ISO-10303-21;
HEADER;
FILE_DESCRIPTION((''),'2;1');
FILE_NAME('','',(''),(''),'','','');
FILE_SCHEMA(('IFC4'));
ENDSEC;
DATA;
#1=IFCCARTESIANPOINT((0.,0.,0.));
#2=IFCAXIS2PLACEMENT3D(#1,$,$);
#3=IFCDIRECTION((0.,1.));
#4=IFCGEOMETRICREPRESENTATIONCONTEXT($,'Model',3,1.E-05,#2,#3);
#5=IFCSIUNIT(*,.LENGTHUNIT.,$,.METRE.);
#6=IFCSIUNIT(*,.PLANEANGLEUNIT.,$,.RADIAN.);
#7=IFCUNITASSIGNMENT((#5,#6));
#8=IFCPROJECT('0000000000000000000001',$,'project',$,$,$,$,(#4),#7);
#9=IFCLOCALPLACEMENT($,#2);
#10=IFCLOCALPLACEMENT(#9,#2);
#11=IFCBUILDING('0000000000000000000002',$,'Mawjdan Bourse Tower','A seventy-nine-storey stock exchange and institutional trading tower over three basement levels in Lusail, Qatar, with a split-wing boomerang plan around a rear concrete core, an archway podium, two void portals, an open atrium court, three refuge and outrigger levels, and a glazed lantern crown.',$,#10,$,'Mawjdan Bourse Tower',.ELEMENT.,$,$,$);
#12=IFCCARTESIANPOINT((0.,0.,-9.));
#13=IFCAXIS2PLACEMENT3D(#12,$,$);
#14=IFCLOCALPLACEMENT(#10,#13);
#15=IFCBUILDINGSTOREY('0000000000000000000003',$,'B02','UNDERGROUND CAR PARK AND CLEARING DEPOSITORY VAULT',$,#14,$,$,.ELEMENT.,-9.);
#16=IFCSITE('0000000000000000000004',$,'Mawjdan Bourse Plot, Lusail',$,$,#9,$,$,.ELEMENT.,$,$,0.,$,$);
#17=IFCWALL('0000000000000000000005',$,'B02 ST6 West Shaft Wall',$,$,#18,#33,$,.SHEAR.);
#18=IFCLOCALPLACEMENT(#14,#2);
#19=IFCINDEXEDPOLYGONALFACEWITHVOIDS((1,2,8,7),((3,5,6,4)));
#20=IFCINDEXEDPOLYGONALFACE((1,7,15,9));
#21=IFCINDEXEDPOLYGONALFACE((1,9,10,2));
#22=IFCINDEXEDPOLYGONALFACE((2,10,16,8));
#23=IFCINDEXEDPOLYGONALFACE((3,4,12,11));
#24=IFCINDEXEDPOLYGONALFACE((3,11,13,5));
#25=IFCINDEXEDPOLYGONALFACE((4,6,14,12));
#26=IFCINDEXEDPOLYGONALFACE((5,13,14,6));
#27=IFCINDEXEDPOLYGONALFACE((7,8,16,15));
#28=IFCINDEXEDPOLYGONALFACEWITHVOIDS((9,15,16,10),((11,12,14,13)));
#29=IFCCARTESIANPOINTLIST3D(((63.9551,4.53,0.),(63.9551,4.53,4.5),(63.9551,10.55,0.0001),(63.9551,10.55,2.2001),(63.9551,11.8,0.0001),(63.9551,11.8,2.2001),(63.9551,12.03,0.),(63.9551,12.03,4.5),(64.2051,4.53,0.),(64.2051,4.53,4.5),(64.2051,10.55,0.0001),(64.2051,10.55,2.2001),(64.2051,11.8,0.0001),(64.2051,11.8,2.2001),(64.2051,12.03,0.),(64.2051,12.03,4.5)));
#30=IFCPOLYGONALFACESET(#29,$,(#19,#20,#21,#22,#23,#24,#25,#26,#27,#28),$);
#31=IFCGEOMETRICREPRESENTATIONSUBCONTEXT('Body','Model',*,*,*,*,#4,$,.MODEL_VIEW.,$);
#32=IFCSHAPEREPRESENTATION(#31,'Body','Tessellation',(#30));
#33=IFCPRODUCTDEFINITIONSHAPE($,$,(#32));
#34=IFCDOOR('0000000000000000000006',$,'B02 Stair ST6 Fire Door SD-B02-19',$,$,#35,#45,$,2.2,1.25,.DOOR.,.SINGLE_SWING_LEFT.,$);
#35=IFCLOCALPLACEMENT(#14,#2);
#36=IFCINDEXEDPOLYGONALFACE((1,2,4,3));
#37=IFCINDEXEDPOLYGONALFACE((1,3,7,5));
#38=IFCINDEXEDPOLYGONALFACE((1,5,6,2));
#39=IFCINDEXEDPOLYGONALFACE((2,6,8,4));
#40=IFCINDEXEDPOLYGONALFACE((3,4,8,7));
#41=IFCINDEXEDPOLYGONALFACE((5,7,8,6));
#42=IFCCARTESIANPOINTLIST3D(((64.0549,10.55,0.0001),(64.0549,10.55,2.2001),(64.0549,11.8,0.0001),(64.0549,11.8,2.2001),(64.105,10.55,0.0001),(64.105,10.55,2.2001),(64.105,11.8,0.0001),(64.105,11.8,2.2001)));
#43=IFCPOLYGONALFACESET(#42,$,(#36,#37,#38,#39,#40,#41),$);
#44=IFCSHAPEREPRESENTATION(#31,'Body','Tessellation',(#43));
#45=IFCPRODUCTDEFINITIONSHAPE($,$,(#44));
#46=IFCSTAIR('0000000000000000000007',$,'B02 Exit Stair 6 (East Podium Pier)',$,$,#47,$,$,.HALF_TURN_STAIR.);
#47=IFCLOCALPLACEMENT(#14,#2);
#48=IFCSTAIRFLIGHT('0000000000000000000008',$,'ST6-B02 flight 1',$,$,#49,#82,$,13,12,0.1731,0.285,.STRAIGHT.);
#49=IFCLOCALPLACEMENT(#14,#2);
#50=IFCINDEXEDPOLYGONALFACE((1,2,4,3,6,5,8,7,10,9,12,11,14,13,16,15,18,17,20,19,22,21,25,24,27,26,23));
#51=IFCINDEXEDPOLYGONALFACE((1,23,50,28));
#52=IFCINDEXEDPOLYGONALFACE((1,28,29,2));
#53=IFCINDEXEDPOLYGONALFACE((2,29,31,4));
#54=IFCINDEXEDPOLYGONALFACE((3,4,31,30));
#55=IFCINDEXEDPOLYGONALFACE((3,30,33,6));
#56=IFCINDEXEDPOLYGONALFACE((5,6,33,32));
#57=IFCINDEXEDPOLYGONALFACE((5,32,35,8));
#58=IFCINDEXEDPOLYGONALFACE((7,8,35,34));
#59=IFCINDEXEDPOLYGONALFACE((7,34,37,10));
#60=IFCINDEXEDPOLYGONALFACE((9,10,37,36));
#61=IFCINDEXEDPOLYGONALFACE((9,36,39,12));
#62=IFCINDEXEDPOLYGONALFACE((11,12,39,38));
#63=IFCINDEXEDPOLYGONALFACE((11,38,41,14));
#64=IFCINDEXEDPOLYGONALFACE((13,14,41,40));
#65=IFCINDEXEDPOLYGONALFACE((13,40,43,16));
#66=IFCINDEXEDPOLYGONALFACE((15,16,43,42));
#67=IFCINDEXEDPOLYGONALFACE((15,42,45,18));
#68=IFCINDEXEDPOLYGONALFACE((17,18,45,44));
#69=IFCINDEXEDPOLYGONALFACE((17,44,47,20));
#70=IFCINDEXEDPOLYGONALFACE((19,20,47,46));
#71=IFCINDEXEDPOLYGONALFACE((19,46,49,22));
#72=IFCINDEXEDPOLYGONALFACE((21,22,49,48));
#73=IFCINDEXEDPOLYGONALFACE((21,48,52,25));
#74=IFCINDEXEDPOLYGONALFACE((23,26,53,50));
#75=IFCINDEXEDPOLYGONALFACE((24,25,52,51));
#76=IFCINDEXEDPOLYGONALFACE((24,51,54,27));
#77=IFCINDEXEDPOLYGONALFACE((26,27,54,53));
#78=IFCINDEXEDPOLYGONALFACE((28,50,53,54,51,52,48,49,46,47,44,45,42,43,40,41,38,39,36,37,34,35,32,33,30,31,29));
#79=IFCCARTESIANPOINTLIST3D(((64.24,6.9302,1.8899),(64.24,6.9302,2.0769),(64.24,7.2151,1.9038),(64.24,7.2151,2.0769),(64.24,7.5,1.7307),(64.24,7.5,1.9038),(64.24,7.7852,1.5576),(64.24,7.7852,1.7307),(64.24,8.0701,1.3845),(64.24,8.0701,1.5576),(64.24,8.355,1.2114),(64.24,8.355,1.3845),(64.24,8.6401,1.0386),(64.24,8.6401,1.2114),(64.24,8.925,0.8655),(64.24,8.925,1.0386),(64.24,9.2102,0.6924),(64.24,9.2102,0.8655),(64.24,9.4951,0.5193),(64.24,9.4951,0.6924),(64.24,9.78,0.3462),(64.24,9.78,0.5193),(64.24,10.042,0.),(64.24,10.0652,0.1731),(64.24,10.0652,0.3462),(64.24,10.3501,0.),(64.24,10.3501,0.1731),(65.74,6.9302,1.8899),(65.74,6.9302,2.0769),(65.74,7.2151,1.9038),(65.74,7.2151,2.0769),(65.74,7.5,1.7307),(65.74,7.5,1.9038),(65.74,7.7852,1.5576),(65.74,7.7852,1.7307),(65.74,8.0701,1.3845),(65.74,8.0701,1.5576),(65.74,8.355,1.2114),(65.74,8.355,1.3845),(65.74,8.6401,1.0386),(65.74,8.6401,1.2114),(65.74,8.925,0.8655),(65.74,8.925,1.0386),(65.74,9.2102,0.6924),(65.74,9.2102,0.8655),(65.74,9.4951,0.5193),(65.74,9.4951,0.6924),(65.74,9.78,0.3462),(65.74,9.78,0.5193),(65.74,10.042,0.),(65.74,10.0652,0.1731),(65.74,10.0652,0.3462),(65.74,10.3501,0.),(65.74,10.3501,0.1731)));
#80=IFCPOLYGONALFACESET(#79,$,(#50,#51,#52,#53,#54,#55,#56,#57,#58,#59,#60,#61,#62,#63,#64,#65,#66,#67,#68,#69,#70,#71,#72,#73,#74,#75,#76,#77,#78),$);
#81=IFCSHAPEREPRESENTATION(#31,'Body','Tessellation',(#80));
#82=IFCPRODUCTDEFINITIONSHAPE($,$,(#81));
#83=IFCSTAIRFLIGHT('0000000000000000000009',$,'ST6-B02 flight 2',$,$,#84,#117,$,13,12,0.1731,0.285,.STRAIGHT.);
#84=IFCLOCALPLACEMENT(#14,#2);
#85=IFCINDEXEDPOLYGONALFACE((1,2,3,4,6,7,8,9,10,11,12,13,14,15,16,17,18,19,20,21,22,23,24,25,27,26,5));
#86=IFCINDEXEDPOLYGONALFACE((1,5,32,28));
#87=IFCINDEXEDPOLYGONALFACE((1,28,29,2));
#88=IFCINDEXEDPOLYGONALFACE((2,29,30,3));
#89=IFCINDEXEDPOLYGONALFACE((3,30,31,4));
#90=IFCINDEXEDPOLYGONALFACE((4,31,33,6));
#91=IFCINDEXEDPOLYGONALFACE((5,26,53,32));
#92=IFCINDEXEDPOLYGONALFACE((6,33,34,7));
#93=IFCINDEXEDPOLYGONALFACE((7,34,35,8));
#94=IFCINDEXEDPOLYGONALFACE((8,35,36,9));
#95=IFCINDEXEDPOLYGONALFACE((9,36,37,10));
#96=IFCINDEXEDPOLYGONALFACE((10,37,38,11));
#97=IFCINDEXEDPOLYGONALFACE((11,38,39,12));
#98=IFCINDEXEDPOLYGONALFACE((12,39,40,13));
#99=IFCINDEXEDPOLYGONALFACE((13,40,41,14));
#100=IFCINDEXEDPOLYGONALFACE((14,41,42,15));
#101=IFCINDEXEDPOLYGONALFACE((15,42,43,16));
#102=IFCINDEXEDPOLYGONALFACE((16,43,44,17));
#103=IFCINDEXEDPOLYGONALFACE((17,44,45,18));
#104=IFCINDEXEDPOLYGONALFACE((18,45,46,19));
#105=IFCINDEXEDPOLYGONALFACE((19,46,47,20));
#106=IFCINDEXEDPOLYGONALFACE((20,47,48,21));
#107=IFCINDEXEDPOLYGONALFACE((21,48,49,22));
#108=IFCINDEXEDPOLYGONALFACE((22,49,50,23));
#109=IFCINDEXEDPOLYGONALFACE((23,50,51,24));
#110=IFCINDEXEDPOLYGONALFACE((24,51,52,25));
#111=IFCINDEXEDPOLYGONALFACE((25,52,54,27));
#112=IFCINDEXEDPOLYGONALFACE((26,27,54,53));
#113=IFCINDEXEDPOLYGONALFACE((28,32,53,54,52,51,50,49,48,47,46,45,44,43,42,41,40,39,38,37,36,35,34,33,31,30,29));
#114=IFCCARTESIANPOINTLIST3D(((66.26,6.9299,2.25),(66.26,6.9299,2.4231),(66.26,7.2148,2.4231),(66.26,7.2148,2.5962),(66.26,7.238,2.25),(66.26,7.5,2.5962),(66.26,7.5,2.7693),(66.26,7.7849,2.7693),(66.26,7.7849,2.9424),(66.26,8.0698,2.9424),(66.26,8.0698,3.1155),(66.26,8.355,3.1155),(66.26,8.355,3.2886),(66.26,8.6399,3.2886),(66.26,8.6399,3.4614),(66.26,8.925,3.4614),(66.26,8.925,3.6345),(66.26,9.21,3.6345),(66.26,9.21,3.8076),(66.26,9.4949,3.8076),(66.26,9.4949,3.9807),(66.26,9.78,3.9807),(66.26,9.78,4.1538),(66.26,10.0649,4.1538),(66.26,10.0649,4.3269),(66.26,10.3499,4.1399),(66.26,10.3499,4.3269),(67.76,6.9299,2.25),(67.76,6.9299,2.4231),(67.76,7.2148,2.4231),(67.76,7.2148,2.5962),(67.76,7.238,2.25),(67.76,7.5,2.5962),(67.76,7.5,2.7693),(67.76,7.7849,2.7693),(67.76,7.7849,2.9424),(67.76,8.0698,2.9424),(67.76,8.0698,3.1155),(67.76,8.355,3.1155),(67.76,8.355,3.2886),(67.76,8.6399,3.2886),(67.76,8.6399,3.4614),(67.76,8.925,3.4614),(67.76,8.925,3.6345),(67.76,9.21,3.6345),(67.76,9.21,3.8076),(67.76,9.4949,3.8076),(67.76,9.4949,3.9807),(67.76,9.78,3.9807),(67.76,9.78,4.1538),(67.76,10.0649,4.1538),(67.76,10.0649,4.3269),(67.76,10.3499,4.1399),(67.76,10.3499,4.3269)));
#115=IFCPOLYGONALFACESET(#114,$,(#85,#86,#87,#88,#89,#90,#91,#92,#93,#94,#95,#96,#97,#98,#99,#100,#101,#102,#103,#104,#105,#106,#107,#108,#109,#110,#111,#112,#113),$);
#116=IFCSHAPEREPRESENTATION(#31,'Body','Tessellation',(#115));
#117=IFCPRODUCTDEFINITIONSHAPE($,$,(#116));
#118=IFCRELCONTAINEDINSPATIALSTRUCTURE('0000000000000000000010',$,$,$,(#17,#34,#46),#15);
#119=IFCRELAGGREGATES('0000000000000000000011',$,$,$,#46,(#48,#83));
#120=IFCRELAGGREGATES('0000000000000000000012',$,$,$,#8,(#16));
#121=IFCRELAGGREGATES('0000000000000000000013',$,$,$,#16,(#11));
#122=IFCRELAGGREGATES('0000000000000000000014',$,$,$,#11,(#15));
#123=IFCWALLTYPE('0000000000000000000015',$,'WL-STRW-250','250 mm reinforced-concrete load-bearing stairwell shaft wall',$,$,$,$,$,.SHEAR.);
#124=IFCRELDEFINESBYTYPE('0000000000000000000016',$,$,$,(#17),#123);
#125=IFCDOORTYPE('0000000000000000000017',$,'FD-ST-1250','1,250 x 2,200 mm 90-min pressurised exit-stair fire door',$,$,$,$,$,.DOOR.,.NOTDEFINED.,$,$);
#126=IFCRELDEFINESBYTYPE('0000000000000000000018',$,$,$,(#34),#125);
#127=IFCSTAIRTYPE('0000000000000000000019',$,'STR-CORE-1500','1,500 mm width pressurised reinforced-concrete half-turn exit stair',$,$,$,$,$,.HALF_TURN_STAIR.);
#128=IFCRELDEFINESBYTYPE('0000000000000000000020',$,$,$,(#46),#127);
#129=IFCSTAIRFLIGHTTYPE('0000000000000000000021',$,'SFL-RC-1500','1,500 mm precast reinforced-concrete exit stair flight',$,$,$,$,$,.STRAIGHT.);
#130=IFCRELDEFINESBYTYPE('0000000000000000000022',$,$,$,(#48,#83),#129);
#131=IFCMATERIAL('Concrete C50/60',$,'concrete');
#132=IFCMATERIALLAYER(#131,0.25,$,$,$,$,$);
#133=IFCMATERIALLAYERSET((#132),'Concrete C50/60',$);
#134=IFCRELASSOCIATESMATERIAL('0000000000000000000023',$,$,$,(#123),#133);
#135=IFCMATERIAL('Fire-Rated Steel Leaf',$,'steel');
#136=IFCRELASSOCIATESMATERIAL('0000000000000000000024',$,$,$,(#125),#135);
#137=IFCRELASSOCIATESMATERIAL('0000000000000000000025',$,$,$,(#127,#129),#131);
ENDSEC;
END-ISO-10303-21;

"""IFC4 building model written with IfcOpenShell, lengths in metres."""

from ifc_helpers import new_model, si_unit, direction, frame, frame_2d, origin, place, context, subcontext, project, spatial, polyline, rectangle, outline, extrude, material, layer, layer_set, type_object, element, fill, aggregate, save


model = new_model("IFC4")

# Units and contexts
model_context = context("Model", 3, precision=1e-05, world=origin(), true_north=direction((0.0, 1.0)))
body_context = subcontext(model_context, "Body", "Model", "MODEL_VIEW")
ifc_project = project(units=[si_unit("LENGTHUNIT", "METRE"), si_unit("PLANEANGLEUNIT", "RADIAN")], contexts=[model_context])

# Site, building, storey
site_placement = place(None, origin())
site = spatial("IfcSite", under=ifc_project, at=site_placement, Name="Mawjdan Bourse Plot, Lusail", CompositionType="ELEMENT", RefElevation=0.0)
building_placement = place(site_placement, origin())
building = spatial("IfcBuilding", under=site, at=building_placement, Name="Mawjdan Bourse Tower", Description="A seventy-nine-storey stock exchange and institutional trading tower over three basement levels in Lusail, Qatar, with a split-wing boomerang plan around a rear concrete core, an archway podium, two void portals, an open atrium court, three refuge and outrigger levels, and a glazed lantern crown.", LongName="Mawjdan Bourse Tower", CompositionType="ELEMENT")
storey_placement = place(building_placement, frame((0.0, 0.0, -9.0)))
storey = spatial("IfcBuildingStorey", under=building, at=storey_placement, Name="B02", Description="UNDERGROUND CAR PARK AND CLEARING DEPOSITORY VAULT", CompositionType="ELEMENT", Elevation=-9.0)

# Shared definitions
ifc_material_1 = material(Name="Concrete C50/60", Category="concrete")
ifc_layer_1 = layer(ifc_material_1, 0.25)
ifc_layer_set_1 = layer_set([ifc_layer_1], Name="Concrete C50/60")
wall_type_1 = type_object("IfcWallType", Name="WL-STRW-250", Description="250 mm reinforced-concrete load-bearing stairwell shaft wall", PredefinedType="SHEAR", material=ifc_layer_set_1)

# Wall, opening, door
wall_1_placement = place(storey_placement, frame((64.0801, 4.53, 0.0), z_axis=(0.0, 0.0, 1.0), x_axis=(0.0, 1.0, 0.0)))
wall_1 = element("IfcWall", 1, at=wall_1_placement, inside=storey, type_object=wall_type_1, Name="B02 ST6 West Shaft Wall", PredefinedType="SHEAR", context=body_context, shape_type="SweptSolid", body=[
    extrude(rectangle(XDim=7.5, YDim=0.25, at=frame_2d((3.75, 0.0))), origin(), (0.0, 0.0, 1.0), 4.5),
])
opening_placement = place(wall_1_placement, frame((6.02, 0.0, 0.0)))
opening = element("IfcOpeningElement", 2, at=opening_placement, cuts=wall_1, PredefinedType="OPENING", context=body_context, shape_type="SweptSolid", body=[
    extrude(rectangle(XDim=1.25, YDim=2.2, at=frame_2d((0.625, 1.1001))), frame((0.0, 0.135, 0.0), z_axis=(0.0, -1.0, 0.0), x_axis=(1.0, 0.0, 0.0)), (0.0, 0.0, 1.0), 0.27),
])
ifc_material_2 = material(Name="Fire-Rated Steel Leaf", Category="steel")
door_type = type_object("IfcDoorType", Name="FD-ST-1250", Description="1,250 x 2,200 mm 90-min pressurised exit-stair fire door", OperationType="NOTDEFINED", PredefinedType="DOOR", material=ifc_material_2)
door_placement = place(opening_placement, frame((1.25, 0.0, 0.0), z_axis=(0.0, 0.0, 1.0), x_axis=(-1.0, 0.0, 0.0)))
door = element("IfcDoor", 3, at=door_placement, inside=storey, type_object=door_type, Name="B02 Stair ST6 Fire Door SD-B02-19", OperationType="SINGLE_SWING_LEFT", OverallHeight=2.2, OverallWidth=1.25, PredefinedType="DOOR", context=body_context, shape_type="SweptSolid", body=[
    extrude(rectangle(XDim=1.25, YDim=2.2, at=frame_2d((0.625, 1.1001))), frame((0.0, 0.0249, 0.0), z_axis=(0.0, -1.0, 0.0), x_axis=(1.0, 0.0, 0.0)), (0.0, 0.0, 1.0), 0.05),
])
fill(opening, door)

# Stair, stair flights
stair_type = type_object("IfcStairType", Name="STR-CORE-1500", Description="1,500 mm width pressurised reinforced-concrete half-turn exit stair", PredefinedType="HALF_TURN_STAIR", material=ifc_material_1)
stair_placement = place(storey_placement, origin())
stair = element("IfcStair", 4, at=stair_placement, inside=storey, type_object=stair_type, Name="B02 Exit Stair 6 (East Podium Pier)", PredefinedType="HALF_TURN_STAIR")
stair_flight_type = type_object("IfcStairFlightType", Name="SFL-RC-1500", Description="1,500 mm precast reinforced-concrete exit stair flight", PredefinedType="STRAIGHT", material=ifc_material_1)
stair_flight_1_placement = place(storey_placement, frame((64.99, 10.3501, 0.0), z_axis=(0.0, 0.0, 1.0), x_axis=(0.0, -1.0, 0.0)))
stair_flight_1 = element("IfcStairFlight", 5, at=stair_flight_1_placement, type_object=stair_flight_type, Name="ST6-B02 flight 1", NumberOfRisers=13, NumberOfTreads=12, PredefinedType="STRAIGHT", RiserHeight=0.1731, TreadLength=0.285, context=body_context, shape_type="SweptSolid", body=[
    extrude(outline(polyline([(0.0, 0.0), (0.0, 0.1731), (0.2849, 0.1731), (0.2849, 0.3462), (0.5701, 0.3462), (0.5701, 0.5193), (0.855, 0.5193), (0.855, 0.6924), (1.1399, 0.6924), (1.1399, 0.8655), (1.425, 0.8655), (1.425, 1.0386), (1.71, 1.0386), (1.71, 1.2114), (1.9951, 1.2114), (1.9951, 1.3845), (2.28, 1.3845), (2.28, 1.5576), (2.5649, 1.5576), (2.5649, 1.7307), (2.8501, 1.7307), (2.8501, 1.9038), (3.135, 1.9038), (3.135, 2.0769), (3.4199, 2.0769), (3.4199, 2.25), (3.4199, 1.8899), (0.3081, 0.0), (0.0, 0.0)])), frame((0.0, 0.75, 0.0), z_axis=(0.0, -1.0, 0.0), x_axis=(1.0, 0.0, 0.0)), (0.0, 0.0, 1.0), 1.5),
])
stair_flight_2_placement = place(storey_placement, frame((67.01, 6.9299, 2.25), z_axis=(0.0, 0.0, 1.0), x_axis=(0.0, 1.0, 0.0)))
stair_flight_2 = element("IfcStairFlight", 6, at=stair_flight_2_placement, type_object=stair_flight_type, Name="ST6-B02 flight 2", NumberOfRisers=13, NumberOfTreads=12, PredefinedType="STRAIGHT", RiserHeight=0.1731, TreadLength=0.285, context=body_context, shape_type="SweptSolid", body=[
    extrude(outline(polyline([(0.0, 0.0), (0.0, 0.1731), (0.2849, 0.1731), (0.2849, 0.3462), (0.5701, 0.3462), (0.5701, 0.5193), (0.855, 0.5193), (0.855, 0.6924), (1.1399, 0.6924), (1.1399, 0.8655), (1.425, 0.8655), (1.425, 1.0386), (1.71, 1.0386), (1.71, 1.2114), (1.9951, 1.2114), (1.9951, 1.3845), (2.28, 1.3845), (2.28, 1.5576), (2.5649, 1.5576), (2.5649, 1.7307), (2.8501, 1.7307), (2.8501, 1.9038), (3.135, 1.9038), (3.135, 2.0769), (3.4199, 2.0769), (3.4199, 2.25), (3.4199, 1.8899), (0.3081, 0.0), (0.0, 0.0)])), frame((0.0, 0.75, 0.0), z_axis=(0.0, -1.0, 0.0), x_axis=(1.0, 0.0, 0.0)), (0.0, 0.0, 1.0), 1.5),
])
aggregate(stair, [stair_flight_1, stair_flight_2])

save(model, "model.ifc")
